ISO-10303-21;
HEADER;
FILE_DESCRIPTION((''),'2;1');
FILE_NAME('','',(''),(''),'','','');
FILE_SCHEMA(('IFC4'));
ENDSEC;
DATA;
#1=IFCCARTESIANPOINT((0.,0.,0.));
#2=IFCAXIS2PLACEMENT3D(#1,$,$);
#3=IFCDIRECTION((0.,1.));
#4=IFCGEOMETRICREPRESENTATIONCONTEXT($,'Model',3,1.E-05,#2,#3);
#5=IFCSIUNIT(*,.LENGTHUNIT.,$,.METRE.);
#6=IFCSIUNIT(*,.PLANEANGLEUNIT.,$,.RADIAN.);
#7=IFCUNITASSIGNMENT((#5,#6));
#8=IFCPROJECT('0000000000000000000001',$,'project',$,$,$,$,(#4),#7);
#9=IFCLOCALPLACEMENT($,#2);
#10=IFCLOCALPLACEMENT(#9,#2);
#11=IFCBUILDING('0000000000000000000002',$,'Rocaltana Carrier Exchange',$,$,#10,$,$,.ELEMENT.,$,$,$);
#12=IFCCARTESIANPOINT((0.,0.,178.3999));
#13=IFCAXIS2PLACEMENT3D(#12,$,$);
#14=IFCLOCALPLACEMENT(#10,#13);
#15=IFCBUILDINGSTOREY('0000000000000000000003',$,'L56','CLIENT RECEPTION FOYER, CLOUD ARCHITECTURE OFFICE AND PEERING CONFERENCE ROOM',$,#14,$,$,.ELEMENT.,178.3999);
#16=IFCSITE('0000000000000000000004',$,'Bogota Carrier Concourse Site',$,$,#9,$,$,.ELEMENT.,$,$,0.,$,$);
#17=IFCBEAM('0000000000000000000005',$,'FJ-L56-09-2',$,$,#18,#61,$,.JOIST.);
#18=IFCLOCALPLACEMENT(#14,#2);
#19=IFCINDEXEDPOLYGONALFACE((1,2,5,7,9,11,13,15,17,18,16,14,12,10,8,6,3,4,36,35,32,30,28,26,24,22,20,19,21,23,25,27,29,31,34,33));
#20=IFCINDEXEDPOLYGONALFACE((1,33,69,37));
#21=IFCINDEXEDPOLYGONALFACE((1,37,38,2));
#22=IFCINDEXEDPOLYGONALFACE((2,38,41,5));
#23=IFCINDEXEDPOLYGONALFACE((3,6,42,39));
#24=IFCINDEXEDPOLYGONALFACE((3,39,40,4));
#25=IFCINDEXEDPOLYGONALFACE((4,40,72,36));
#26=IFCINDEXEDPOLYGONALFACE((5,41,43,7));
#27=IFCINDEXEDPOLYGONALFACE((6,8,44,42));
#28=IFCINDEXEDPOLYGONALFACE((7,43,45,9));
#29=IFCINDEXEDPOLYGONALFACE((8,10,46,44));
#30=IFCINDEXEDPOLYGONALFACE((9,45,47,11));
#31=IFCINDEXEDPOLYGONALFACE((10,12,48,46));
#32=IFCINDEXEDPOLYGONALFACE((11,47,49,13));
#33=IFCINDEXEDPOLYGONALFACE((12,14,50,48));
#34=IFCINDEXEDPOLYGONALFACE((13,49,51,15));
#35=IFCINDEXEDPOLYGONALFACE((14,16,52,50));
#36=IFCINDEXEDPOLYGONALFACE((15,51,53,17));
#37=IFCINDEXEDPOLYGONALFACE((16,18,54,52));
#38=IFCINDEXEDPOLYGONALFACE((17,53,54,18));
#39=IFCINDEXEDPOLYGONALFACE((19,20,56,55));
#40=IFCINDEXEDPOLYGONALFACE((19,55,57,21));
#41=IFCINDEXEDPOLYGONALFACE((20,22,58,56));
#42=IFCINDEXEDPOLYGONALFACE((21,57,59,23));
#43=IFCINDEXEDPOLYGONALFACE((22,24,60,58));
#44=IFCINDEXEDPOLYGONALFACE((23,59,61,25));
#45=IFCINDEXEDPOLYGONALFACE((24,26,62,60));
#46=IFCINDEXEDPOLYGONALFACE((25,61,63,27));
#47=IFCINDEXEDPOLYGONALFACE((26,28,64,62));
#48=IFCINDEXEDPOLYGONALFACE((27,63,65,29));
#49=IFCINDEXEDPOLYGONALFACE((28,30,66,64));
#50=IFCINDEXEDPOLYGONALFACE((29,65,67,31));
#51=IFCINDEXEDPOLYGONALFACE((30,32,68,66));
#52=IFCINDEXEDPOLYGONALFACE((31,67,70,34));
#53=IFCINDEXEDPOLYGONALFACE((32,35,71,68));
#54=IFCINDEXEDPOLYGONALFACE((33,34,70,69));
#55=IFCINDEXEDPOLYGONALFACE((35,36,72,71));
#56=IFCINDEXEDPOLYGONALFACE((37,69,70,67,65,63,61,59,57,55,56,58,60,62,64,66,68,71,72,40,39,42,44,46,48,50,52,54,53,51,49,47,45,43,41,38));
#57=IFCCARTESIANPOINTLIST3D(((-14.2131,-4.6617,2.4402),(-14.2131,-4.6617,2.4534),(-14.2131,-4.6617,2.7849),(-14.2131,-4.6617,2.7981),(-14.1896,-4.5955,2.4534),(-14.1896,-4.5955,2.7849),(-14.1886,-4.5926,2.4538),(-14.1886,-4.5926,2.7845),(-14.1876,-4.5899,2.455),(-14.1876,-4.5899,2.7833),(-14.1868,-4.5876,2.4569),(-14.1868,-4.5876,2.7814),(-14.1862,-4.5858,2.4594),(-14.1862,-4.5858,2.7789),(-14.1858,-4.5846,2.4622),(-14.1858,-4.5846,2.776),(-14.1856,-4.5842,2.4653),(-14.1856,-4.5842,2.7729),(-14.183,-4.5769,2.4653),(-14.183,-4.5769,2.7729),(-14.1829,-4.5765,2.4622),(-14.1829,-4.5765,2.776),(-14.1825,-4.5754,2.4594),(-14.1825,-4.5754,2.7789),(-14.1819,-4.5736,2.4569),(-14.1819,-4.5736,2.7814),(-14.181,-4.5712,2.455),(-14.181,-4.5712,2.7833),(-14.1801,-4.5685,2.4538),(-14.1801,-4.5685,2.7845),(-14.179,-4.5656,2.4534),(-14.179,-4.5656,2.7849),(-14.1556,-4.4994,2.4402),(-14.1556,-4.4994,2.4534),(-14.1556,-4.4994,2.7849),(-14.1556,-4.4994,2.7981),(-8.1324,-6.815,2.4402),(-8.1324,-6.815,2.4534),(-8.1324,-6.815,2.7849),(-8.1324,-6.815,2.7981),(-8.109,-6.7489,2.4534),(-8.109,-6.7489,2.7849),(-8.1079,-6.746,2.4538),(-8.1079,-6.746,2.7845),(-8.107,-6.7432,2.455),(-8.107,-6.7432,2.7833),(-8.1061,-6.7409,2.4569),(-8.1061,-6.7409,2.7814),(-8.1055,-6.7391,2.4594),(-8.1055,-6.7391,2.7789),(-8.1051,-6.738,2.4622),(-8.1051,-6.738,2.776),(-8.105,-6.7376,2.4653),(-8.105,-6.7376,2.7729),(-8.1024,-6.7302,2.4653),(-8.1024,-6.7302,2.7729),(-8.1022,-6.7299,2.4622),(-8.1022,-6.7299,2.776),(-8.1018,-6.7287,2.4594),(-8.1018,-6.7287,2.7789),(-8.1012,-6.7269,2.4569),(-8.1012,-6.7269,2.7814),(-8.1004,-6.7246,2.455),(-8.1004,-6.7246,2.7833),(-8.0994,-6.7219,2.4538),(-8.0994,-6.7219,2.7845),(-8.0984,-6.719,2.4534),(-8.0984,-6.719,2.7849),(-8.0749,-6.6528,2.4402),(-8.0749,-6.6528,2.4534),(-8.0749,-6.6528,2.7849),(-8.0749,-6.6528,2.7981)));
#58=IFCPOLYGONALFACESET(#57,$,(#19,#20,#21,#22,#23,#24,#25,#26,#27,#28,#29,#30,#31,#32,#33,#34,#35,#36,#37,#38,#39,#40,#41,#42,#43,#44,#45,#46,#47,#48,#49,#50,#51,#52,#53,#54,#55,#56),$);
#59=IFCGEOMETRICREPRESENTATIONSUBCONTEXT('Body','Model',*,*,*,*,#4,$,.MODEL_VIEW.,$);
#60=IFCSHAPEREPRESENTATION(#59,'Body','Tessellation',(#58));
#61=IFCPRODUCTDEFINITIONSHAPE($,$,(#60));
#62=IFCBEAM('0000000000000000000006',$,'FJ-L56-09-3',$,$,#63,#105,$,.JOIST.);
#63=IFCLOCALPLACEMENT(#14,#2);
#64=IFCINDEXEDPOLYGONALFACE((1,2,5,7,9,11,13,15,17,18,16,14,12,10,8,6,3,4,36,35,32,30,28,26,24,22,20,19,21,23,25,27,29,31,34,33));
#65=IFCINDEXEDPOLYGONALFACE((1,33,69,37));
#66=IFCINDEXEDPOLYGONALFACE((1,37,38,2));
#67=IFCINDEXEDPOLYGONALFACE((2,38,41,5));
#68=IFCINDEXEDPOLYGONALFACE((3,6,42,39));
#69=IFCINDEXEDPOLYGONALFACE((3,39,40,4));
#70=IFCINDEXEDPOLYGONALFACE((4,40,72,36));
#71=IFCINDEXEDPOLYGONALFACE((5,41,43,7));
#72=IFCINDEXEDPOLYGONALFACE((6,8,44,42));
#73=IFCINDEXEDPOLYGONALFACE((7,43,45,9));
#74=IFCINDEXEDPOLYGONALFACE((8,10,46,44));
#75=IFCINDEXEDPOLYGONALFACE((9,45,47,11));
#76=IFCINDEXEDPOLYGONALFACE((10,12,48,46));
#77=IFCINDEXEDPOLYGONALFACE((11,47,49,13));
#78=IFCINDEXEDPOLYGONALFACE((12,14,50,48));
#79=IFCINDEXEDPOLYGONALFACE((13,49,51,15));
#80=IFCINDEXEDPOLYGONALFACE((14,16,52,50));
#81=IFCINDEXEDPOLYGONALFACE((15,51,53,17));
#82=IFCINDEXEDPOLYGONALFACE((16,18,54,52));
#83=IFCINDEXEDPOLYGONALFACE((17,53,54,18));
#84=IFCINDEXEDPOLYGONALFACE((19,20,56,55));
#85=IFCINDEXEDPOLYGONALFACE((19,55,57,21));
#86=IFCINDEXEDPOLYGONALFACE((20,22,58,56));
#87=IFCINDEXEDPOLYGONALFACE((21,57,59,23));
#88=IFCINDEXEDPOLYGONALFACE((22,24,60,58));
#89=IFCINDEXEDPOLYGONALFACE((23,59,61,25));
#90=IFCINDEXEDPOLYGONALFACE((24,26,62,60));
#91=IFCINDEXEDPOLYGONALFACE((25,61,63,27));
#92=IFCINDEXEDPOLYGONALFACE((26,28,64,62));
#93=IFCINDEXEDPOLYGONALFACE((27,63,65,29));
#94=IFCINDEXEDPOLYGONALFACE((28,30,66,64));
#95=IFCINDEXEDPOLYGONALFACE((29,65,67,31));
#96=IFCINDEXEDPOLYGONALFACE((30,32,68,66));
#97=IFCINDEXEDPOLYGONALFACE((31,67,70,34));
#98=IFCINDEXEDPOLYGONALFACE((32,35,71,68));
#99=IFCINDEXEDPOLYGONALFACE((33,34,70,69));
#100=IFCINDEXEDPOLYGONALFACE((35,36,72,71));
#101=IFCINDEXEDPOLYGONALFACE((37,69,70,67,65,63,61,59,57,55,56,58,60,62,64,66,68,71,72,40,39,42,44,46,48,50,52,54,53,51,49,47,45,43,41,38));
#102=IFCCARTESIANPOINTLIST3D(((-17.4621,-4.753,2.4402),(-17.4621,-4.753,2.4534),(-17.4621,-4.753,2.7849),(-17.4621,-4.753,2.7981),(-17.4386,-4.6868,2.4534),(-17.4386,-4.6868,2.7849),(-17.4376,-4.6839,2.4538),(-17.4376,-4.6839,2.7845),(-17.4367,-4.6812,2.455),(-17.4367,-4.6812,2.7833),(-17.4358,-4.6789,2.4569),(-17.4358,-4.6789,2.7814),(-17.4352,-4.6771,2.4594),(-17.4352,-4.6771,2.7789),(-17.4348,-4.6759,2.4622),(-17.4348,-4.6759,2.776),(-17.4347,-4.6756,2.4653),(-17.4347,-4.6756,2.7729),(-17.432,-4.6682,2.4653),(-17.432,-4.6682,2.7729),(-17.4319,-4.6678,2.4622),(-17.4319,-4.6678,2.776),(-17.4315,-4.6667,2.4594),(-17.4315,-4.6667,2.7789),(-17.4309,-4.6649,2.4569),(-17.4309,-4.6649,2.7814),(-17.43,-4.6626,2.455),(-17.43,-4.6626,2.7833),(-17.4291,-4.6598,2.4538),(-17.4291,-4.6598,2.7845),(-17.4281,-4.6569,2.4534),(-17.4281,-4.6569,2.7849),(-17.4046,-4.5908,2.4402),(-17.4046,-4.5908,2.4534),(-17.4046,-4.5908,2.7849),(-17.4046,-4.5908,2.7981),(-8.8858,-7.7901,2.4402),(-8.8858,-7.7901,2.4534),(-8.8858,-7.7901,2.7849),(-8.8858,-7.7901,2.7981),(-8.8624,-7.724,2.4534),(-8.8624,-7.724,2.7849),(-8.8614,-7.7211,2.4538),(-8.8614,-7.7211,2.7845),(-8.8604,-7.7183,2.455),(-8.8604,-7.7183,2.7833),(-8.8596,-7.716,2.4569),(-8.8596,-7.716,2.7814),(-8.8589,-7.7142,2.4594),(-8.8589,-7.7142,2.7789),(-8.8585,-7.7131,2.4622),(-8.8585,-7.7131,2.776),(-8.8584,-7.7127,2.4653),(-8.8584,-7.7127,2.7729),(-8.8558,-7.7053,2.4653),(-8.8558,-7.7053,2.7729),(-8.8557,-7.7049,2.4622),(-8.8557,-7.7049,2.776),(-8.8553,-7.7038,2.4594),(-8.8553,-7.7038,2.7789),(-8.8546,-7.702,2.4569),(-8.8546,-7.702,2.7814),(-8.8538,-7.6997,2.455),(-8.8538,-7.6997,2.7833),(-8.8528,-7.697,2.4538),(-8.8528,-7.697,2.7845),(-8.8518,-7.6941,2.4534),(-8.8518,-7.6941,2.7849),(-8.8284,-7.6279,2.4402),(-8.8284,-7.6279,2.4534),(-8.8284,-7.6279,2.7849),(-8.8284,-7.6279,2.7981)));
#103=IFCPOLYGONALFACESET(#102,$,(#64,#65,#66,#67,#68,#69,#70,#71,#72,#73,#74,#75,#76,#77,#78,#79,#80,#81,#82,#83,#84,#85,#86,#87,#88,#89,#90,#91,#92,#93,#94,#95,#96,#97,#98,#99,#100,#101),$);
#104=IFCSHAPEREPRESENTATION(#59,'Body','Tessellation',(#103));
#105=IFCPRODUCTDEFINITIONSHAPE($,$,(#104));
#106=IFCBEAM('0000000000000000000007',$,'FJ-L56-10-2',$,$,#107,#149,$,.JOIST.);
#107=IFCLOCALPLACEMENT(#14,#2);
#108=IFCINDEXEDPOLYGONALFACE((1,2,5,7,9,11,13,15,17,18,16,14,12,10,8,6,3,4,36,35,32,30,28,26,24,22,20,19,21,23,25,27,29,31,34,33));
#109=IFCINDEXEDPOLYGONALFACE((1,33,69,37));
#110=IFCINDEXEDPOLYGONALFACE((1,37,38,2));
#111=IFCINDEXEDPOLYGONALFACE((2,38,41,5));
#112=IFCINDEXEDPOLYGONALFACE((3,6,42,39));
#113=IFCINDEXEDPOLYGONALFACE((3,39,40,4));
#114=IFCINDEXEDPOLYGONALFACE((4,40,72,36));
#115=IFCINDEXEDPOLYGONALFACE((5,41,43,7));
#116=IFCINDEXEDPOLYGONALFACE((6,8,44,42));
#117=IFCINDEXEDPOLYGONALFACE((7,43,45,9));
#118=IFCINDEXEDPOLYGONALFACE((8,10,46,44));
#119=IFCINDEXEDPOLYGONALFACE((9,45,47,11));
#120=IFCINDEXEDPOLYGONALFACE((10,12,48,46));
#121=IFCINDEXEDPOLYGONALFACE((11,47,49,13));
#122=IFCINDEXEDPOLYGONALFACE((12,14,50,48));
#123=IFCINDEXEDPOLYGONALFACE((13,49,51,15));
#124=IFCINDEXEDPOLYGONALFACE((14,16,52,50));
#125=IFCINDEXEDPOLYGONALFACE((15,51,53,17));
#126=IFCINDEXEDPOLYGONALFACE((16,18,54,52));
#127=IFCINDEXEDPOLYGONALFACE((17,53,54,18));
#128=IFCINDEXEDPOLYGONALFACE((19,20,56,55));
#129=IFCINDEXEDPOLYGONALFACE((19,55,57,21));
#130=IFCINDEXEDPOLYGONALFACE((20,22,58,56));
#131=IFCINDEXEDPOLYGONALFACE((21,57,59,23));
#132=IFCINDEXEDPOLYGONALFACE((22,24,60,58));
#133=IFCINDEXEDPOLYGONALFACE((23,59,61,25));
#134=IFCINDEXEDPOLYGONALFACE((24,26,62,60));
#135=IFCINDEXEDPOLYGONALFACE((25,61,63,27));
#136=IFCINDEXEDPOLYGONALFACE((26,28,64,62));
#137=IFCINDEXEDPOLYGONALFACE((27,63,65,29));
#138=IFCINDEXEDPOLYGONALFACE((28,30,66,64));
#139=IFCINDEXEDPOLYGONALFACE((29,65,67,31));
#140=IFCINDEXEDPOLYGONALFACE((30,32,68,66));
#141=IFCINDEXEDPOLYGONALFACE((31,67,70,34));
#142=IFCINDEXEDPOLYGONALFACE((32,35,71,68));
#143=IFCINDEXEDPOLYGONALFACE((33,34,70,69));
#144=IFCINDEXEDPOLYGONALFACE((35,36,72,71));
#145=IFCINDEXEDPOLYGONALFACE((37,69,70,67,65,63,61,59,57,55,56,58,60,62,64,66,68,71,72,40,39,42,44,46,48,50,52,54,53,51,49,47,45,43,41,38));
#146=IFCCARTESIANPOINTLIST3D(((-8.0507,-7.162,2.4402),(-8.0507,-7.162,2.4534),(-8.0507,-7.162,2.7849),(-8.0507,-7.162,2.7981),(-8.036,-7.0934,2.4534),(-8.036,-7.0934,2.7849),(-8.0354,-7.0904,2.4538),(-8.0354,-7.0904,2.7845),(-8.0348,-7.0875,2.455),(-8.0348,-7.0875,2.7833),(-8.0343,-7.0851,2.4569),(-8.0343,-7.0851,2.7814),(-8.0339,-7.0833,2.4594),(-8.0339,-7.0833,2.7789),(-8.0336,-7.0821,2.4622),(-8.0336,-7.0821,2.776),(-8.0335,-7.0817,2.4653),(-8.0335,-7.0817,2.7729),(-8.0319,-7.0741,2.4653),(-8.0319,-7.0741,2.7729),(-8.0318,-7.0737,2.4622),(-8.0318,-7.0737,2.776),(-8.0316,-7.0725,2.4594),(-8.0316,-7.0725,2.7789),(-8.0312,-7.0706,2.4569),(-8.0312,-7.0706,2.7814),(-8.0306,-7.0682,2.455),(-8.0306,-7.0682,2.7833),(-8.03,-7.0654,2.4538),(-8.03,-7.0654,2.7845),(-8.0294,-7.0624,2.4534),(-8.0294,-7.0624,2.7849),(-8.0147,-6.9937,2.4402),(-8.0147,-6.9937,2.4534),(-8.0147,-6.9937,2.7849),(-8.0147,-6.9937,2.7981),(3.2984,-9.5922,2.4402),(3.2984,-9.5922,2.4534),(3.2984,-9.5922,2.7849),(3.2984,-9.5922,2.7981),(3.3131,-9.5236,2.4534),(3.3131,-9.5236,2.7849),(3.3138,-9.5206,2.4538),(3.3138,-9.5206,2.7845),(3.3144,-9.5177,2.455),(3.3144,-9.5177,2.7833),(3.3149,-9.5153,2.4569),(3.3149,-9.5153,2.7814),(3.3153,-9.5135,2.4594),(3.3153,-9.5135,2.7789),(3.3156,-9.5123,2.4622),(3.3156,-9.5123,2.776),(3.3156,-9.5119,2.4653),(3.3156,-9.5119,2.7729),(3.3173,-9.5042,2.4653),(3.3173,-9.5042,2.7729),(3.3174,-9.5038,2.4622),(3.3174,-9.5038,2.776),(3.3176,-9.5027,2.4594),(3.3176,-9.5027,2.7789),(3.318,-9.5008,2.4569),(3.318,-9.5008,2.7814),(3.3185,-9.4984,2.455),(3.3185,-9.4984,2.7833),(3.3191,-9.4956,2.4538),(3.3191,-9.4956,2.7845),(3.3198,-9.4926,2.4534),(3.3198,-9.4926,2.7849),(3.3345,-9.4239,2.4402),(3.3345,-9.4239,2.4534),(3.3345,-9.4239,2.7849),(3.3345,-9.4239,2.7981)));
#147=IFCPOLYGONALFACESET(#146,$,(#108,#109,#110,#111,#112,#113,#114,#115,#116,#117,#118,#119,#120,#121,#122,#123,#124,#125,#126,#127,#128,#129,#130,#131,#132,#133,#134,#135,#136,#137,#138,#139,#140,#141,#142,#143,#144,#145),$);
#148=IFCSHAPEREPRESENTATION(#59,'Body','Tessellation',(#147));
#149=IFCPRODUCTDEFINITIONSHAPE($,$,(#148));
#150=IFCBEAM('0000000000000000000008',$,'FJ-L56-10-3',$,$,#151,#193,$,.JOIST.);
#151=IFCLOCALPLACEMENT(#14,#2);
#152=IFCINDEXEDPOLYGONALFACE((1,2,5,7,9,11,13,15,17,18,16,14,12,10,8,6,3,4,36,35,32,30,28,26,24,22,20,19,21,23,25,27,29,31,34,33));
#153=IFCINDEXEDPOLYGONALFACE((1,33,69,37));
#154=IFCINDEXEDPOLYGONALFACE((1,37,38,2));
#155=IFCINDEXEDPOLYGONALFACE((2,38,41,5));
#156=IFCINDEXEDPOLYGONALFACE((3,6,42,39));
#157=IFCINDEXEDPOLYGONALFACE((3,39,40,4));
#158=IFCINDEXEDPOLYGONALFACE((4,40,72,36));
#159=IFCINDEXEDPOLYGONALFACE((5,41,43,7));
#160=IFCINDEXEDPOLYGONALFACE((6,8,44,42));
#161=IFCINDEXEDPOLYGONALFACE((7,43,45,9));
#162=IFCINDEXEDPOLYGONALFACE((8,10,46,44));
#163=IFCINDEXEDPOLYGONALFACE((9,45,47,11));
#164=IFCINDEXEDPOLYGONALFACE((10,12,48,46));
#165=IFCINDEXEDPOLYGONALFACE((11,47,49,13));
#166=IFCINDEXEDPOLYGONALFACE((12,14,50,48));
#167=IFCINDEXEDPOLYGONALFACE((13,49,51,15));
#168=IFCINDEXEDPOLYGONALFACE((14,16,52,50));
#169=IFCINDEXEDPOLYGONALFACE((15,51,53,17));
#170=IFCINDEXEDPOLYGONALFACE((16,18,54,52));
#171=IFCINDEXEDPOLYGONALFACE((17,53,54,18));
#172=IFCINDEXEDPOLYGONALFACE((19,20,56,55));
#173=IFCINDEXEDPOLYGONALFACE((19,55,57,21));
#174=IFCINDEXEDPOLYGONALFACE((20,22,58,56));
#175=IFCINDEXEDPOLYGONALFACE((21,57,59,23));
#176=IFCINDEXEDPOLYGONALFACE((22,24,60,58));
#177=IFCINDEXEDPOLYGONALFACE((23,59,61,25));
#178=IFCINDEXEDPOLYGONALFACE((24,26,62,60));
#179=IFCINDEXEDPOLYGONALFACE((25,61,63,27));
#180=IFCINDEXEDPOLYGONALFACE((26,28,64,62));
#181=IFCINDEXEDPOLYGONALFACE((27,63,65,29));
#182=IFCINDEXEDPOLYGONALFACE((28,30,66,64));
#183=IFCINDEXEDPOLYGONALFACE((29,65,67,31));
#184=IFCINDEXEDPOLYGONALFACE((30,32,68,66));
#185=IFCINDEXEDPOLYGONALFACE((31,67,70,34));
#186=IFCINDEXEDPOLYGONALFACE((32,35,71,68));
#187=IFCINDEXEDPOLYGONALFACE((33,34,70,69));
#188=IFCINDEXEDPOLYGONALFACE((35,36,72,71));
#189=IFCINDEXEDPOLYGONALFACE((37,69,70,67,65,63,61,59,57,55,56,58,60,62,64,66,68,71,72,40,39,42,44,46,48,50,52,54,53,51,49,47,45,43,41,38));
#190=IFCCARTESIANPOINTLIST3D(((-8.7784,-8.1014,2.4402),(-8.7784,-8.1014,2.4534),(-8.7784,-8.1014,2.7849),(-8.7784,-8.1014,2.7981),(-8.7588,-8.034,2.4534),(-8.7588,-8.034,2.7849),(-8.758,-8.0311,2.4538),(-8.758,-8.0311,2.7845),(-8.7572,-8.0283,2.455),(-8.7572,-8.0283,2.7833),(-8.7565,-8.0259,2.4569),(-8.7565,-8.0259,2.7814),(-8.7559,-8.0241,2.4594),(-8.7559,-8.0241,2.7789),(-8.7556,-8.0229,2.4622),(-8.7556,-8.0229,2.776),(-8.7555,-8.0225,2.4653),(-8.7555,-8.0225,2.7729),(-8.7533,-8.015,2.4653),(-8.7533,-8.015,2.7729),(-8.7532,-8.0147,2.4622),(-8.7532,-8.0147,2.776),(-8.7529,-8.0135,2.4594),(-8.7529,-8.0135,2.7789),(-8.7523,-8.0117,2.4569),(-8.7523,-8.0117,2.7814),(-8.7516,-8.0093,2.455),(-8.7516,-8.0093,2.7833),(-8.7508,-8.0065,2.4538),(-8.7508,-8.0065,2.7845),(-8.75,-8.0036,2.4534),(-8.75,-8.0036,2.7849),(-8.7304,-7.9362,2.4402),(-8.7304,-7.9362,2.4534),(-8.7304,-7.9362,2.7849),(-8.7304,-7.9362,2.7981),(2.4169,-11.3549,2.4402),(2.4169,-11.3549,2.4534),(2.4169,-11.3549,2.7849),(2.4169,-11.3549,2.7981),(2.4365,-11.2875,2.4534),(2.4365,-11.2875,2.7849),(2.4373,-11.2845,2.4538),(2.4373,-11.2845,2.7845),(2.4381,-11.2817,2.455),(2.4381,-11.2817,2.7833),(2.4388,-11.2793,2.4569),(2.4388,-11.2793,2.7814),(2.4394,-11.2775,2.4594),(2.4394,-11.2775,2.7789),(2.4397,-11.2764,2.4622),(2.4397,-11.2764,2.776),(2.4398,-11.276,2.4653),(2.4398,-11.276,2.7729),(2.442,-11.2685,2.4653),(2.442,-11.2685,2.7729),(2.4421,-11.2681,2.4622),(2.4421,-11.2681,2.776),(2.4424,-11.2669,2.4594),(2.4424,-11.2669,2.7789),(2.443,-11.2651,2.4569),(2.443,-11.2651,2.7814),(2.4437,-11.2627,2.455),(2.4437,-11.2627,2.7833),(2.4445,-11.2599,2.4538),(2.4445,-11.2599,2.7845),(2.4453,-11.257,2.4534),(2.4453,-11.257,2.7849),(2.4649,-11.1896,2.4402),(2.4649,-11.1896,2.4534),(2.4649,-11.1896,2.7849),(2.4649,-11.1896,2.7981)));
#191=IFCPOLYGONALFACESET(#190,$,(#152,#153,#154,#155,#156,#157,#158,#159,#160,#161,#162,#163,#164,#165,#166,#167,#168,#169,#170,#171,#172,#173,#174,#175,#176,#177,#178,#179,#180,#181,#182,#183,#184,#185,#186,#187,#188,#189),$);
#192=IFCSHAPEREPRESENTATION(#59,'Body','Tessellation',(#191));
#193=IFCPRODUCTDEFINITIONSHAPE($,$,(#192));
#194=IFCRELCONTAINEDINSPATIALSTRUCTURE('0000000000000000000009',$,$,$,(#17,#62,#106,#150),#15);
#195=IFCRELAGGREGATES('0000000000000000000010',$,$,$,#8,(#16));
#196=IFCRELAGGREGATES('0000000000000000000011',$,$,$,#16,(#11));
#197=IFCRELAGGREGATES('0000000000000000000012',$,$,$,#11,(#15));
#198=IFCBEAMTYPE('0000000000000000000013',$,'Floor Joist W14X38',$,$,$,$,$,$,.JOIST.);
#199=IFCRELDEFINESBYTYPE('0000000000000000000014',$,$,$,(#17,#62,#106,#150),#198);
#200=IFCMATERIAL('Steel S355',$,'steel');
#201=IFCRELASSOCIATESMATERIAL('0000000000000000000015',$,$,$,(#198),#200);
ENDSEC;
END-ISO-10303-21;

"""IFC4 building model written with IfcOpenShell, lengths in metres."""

from ifc_helpers import new_model, si_unit, direction, frame, origin, origin_2d, place, context, subcontext, project, spatial, i_section, extrude, material, material_profile, profile_set, type_object, element, save


model = new_model("IFC4")

# Units and contexts
model_context = context("Model", 3, precision=1e-05, world=origin(), true_north=direction((0.0, 1.0)))
body_context = subcontext(model_context, "Body", "Model", "MODEL_VIEW")
ifc_project = project(units=[si_unit("LENGTHUNIT", "METRE"), si_unit("PLANEANGLEUNIT", "RADIAN")], contexts=[model_context])

# Site, building, storey
site_placement = place(None, origin())
site = spatial("IfcSite", under=ifc_project, at=site_placement, Name="Bogota Carrier Concourse Site", CompositionType="ELEMENT", RefElevation=0.0)
building_placement = place(site_placement, origin())
building = spatial("IfcBuilding", under=site, at=building_placement, Name="Rocaltana Carrier Exchange", CompositionType="ELEMENT")
storey_placement = place(building_placement, frame((0.0, 0.0, 178.3999)))
storey = spatial("IfcBuildingStorey", under=building, at=storey_placement, Name="L56", Description="CLIENT RECEPTION FOYER, CLOUD ARCHITECTURE OFFICE AND PEERING CONFERENCE ROOM", CompositionType="ELEMENT", Elevation=178.3999)

# Beams
ifc_material_1 = material(Name="Steel S355", Category="steel")
ifc_material_profile_1 = material_profile(ifc_material_1, i_section(OverallWidth=0.1721, OverallDepth=0.3579, WebThickness=0.0078, FlangeThickness=0.0132, FilletRadius=0.012, at=origin_2d()), Name="W14X38")
ifc_profile_set_1 = profile_set([ifc_material_profile_1], Name="Steel S355")
beam_type_1 = type_object("IfcBeamType", Name="Floor Joist W14X38", PredefinedType="JOIST", material=ifc_profile_set_1)
beam_1_placement = place(storey_placement, frame((-14.1843, -4.5806, 2.6191), z_axis=(0.942638, -0.333818, 0.0), x_axis=(0.333818, 0.942638, 0.0)))
element("IfcBeam", 1, at=beam_1_placement, inside=storey, type_object=beam_type_1, Name="FJ-L56-09-2", PredefinedType="JOIST", context=body_context, shape_type="SweptSolid", body=[
    extrude(i_section(OverallWidth=0.1721, OverallDepth=0.3579, WebThickness=0.0078, FlangeThickness=0.0132, FilletRadius=0.012, at=origin_2d()), origin(), (0.0, 0.0, 1.0), 6.4507),
])
beam_2_placement = place(storey_placement, frame((-17.4333, -4.6719, 2.6191), z_axis=(0.942637, -0.333819, 0.0), x_axis=(0.333819, 0.942637, 0.0)))
element("IfcBeam", 2, at=beam_2_placement, inside=storey, type_object=beam_type_1, Name="FJ-L56-09-3", PredefinedType="JOIST", context=body_context, shape_type="SweptSolid", body=[
    extrude(i_section(OverallWidth=0.1721, OverallDepth=0.3579, WebThickness=0.0078, FlangeThickness=0.0132, FilletRadius=0.012, at=origin_2d()), origin(), (0.0, 0.0, 1.0), 9.0981),
])
beam_3_placement = place(storey_placement, frame((-8.0327, -7.0779, 2.6191), z_axis=(0.977834, -0.209383, 0.0), x_axis=(0.209383, 0.977834, 0.0)))
element("IfcBeam", 3, at=beam_3_placement, inside=storey, type_object=beam_type_1, Name="FJ-L56-10-2", PredefinedType="JOIST", context=body_context, shape_type="SweptSolid", body=[
    extrude(i_section(OverallWidth=0.1721, OverallDepth=0.3579, WebThickness=0.0078, FlangeThickness=0.0132, FilletRadius=0.012, at=origin_2d()), origin(), (0.0, 0.0, 1.0), 11.6064),
])
beam_4_placement = place(storey_placement, frame((-8.7544, -8.0188, 2.6191), z_axis=(0.960273, -0.279061, 0.0), x_axis=(0.279061, 0.960273, 0.0)))
element("IfcBeam", 4, at=beam_4_placement, inside=storey, type_object=beam_type_1, Name="FJ-L56-10-3", PredefinedType="JOIST", context=body_context, shape_type="SweptSolid", body=[
    extrude(i_section(OverallWidth=0.1721, OverallDepth=0.3579, WebThickness=0.0078, FlangeThickness=0.0132, FilletRadius=0.012, at=origin_2d()), origin(), (0.0, 0.0, 1.0), 11.6584),
])

save(model, "model.ifc")
